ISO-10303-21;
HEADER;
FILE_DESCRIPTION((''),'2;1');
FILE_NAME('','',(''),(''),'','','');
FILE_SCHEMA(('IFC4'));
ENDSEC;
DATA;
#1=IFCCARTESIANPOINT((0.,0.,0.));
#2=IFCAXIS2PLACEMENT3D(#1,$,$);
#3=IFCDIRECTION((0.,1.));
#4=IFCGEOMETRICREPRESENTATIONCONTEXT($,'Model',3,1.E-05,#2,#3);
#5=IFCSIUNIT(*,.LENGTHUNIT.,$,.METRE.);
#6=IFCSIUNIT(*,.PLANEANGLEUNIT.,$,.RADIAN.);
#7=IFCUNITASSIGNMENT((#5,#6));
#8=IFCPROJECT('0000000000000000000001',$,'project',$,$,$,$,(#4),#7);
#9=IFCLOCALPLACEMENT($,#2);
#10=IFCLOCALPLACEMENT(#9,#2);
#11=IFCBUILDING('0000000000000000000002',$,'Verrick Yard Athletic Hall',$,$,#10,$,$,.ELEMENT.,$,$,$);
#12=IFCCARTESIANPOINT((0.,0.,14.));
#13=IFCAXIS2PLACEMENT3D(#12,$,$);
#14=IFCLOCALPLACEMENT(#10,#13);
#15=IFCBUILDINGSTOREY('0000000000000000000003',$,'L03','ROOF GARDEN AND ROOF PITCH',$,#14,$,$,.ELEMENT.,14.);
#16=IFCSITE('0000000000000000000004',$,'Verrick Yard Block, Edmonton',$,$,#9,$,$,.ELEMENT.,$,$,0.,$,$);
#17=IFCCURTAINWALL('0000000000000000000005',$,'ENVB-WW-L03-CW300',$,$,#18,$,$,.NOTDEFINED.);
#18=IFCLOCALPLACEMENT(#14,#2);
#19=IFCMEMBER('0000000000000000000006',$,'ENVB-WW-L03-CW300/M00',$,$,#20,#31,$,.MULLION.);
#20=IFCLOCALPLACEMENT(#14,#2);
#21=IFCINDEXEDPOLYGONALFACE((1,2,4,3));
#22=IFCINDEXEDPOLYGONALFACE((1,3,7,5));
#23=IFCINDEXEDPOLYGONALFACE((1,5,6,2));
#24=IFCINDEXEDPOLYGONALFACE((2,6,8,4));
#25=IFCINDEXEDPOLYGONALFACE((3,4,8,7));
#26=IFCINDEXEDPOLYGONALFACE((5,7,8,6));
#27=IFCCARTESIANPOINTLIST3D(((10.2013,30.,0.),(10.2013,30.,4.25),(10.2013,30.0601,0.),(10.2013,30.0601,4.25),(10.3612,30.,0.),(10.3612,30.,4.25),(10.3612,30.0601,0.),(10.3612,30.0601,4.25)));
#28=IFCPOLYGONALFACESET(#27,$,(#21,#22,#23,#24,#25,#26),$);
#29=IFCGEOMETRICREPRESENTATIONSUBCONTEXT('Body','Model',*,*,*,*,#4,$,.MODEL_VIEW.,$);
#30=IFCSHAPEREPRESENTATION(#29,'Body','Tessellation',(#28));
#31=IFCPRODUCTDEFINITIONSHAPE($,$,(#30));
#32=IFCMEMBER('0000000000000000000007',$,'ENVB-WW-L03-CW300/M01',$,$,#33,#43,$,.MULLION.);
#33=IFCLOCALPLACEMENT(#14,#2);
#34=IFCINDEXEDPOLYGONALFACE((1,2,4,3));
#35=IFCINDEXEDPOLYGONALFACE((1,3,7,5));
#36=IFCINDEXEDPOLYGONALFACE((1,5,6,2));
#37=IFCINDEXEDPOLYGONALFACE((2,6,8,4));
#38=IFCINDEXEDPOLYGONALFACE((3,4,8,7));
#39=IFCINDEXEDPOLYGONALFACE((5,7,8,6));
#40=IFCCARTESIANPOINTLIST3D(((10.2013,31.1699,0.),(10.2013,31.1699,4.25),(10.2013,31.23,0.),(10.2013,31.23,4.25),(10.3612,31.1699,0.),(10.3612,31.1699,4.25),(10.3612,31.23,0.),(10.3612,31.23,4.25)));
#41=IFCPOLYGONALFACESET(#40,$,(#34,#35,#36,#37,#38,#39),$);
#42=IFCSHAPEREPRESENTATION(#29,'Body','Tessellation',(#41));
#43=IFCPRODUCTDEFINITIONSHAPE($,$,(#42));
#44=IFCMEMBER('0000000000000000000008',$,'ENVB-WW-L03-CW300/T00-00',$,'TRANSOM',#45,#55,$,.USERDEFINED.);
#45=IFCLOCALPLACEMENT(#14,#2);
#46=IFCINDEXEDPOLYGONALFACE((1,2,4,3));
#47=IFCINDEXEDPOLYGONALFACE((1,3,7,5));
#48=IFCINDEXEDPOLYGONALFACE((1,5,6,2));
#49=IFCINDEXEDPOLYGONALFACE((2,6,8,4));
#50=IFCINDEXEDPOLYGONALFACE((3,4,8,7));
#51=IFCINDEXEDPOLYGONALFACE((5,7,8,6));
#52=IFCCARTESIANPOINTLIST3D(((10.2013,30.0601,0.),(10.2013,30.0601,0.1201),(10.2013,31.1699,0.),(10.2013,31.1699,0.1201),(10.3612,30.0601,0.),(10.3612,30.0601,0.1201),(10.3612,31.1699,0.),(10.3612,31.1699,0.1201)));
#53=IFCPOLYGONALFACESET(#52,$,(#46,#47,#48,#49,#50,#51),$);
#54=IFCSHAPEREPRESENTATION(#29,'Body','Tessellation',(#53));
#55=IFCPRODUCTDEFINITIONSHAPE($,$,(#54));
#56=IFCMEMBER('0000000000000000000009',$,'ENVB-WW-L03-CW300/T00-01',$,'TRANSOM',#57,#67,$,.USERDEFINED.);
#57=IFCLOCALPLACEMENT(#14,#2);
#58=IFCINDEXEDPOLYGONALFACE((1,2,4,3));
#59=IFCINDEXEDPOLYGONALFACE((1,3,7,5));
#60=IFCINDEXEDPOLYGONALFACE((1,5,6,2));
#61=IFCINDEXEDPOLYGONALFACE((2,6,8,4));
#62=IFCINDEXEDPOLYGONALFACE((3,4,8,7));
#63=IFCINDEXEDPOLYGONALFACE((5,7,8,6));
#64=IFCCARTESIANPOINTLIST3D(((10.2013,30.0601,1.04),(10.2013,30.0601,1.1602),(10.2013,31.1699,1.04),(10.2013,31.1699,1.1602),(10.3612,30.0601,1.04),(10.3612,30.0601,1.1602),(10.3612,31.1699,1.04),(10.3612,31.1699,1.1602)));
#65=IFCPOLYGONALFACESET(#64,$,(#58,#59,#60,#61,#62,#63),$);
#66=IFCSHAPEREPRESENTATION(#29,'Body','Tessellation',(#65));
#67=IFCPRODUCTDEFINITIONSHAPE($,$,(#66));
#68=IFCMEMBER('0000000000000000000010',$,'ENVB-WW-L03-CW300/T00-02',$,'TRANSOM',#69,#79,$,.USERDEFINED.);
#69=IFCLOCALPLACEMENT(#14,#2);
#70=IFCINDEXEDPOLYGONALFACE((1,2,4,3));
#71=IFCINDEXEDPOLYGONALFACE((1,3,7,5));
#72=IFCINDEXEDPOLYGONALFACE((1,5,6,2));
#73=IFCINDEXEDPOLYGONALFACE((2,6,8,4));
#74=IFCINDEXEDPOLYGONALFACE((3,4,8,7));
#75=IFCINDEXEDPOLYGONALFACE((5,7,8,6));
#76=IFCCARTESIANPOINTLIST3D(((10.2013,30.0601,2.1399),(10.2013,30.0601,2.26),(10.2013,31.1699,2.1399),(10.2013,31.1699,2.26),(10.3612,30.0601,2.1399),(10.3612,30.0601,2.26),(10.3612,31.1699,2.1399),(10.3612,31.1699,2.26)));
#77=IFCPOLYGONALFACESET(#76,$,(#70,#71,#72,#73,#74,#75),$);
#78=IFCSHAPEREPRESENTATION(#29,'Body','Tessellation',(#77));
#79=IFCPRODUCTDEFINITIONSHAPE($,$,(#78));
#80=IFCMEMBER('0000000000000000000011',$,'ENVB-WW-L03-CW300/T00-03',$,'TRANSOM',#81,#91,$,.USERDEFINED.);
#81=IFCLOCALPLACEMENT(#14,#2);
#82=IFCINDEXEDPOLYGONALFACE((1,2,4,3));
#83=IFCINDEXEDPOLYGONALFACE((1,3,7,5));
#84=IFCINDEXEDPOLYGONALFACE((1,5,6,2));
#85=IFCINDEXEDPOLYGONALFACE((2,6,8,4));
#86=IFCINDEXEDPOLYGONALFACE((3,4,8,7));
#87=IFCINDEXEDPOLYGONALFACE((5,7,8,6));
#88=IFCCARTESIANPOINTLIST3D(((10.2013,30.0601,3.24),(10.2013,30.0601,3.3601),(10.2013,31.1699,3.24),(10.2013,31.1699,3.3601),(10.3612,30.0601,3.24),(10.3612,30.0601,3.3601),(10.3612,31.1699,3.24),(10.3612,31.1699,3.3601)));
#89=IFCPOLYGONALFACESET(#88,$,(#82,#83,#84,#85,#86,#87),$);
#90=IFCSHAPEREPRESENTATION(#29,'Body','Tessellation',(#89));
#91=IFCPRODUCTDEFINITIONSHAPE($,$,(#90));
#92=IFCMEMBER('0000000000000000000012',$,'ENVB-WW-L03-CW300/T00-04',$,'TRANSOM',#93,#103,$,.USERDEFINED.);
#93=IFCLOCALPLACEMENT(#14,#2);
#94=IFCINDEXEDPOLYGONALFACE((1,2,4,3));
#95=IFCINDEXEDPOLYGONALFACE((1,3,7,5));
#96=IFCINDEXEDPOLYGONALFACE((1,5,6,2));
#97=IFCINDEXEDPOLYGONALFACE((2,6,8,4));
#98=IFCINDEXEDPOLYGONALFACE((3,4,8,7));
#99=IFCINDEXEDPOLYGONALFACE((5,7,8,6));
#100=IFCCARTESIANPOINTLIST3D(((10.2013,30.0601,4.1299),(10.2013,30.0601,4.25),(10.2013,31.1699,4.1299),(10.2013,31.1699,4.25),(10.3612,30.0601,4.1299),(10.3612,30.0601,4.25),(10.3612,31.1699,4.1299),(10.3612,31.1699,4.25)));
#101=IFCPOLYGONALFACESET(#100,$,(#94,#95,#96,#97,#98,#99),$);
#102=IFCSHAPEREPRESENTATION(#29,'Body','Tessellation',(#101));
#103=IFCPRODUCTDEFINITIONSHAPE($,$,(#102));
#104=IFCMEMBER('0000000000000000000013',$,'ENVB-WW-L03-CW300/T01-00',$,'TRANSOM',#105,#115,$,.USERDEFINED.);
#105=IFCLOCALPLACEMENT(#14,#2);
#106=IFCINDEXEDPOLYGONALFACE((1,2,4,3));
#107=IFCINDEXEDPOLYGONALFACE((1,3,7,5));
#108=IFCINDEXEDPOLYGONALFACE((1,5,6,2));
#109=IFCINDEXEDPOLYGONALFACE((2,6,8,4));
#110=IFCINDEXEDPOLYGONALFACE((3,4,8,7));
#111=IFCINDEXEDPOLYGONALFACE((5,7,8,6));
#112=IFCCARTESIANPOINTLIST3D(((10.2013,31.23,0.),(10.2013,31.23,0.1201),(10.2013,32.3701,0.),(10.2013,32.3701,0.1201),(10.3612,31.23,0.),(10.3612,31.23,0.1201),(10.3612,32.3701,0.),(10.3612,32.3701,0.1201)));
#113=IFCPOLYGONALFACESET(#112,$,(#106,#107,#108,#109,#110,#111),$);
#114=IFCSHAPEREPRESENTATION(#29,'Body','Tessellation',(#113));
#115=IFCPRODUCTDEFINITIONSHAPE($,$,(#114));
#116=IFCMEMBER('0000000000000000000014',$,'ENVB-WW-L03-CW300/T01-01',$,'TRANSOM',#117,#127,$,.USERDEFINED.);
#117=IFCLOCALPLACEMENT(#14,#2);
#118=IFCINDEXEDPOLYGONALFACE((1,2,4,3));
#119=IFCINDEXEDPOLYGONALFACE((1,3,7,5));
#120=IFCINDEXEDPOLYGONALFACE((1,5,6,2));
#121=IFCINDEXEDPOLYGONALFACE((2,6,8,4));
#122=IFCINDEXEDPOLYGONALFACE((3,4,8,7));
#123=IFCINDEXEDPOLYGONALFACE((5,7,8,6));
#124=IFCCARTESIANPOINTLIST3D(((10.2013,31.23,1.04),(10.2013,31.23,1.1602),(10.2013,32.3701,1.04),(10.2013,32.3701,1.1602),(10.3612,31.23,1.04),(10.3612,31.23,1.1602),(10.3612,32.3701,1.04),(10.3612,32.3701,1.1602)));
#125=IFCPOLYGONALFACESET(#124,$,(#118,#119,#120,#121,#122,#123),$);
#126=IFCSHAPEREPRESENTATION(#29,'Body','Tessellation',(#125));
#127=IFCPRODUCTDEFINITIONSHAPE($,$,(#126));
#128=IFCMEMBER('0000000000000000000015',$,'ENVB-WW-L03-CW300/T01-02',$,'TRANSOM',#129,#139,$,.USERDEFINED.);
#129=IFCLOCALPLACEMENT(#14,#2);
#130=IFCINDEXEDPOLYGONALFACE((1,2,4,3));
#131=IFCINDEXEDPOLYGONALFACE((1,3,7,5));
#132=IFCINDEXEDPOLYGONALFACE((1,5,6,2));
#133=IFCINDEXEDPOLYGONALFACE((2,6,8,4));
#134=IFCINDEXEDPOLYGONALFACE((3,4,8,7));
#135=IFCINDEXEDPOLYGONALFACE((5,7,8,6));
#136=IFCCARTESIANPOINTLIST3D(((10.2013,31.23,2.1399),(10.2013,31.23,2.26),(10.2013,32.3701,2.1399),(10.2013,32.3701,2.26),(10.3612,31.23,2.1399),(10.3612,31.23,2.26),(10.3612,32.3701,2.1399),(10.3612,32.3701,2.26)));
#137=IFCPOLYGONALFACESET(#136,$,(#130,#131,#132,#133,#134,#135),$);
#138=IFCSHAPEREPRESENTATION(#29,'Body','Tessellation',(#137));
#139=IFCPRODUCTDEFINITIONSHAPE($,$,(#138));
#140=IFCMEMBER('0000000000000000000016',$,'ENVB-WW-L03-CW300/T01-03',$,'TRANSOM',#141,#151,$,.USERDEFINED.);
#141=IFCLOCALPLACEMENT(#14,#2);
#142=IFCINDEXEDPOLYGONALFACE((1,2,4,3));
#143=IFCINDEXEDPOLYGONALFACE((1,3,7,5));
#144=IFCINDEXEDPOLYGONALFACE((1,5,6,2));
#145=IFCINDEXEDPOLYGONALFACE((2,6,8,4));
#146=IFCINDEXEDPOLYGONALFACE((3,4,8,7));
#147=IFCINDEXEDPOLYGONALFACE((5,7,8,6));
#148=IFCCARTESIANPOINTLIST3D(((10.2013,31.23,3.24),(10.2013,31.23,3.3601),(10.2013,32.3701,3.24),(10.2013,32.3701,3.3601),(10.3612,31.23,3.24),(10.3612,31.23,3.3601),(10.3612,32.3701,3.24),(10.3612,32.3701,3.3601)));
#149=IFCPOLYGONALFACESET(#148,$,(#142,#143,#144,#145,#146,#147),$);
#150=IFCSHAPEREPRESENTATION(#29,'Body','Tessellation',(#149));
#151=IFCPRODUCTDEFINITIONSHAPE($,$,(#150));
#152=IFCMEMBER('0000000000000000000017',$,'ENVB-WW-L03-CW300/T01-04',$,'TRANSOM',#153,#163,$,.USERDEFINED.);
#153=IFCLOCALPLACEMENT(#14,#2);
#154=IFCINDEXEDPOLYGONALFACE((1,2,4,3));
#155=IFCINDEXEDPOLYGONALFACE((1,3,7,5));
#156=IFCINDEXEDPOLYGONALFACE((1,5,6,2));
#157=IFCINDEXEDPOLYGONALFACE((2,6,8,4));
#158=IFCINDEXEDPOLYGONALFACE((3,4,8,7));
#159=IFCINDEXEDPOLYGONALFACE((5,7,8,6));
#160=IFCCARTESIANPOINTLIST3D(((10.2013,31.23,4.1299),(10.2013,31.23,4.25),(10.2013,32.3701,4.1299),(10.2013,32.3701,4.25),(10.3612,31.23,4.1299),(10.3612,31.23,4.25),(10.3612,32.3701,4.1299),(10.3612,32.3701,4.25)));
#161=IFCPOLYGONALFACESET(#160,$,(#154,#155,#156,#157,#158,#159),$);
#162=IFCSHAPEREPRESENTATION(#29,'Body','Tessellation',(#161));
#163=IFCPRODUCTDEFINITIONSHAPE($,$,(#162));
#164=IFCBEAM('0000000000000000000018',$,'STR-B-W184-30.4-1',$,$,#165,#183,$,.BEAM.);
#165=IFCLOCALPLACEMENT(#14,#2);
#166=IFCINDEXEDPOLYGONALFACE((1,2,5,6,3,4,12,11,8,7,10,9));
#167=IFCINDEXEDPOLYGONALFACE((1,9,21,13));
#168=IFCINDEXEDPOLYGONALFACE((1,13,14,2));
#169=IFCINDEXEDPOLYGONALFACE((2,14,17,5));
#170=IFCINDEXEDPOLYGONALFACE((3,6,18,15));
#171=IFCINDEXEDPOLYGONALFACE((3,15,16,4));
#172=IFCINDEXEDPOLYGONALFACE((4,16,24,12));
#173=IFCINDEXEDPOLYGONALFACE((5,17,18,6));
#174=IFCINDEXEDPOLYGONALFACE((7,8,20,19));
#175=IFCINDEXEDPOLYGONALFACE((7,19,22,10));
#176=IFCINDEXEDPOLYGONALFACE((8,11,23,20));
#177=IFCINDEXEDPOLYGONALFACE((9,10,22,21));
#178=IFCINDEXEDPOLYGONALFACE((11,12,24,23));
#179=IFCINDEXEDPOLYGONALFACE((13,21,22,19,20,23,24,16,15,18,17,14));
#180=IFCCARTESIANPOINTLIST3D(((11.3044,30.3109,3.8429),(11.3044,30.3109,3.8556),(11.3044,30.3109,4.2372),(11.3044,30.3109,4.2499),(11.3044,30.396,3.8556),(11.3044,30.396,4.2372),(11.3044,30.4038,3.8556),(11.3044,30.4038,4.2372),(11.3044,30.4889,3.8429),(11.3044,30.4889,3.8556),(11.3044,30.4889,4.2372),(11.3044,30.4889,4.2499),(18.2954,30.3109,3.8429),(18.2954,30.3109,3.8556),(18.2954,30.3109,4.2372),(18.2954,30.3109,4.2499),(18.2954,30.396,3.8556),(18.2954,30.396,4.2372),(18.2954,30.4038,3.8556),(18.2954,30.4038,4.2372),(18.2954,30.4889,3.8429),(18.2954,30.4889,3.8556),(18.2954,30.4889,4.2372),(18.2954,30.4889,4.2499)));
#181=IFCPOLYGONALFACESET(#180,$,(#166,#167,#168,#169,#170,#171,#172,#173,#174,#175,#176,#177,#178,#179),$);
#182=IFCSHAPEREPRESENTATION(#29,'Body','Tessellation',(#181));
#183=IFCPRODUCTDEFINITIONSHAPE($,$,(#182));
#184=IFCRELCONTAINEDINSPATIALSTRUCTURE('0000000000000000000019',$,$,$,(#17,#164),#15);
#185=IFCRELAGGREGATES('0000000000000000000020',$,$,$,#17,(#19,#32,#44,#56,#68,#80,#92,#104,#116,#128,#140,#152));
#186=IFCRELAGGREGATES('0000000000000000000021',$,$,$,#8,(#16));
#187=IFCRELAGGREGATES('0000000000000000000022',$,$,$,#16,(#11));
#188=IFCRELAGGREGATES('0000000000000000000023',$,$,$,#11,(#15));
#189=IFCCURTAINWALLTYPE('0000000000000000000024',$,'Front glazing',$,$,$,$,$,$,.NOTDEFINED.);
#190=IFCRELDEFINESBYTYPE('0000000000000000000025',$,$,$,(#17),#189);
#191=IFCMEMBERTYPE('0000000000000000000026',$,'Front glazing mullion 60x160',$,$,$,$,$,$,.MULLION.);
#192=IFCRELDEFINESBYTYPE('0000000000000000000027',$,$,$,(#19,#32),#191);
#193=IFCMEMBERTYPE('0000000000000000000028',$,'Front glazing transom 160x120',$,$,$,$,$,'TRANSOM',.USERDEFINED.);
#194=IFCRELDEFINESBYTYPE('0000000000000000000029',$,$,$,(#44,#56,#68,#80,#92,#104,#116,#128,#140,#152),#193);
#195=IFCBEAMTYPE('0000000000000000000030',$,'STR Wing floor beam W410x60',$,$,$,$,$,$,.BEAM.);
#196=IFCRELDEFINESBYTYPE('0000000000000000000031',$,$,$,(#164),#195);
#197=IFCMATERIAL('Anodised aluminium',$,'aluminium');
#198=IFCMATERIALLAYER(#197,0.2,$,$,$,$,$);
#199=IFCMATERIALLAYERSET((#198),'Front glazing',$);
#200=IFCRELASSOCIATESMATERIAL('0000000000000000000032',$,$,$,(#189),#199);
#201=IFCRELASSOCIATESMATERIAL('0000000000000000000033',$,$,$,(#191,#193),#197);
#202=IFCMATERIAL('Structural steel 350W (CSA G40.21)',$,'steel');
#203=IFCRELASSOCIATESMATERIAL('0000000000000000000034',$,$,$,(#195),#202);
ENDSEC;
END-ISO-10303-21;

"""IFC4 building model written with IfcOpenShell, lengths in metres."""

from ifc_helpers import new_model, si_unit, direction, frame, origin, origin_2d, place, context, subcontext, project, spatial, rectangle, i_section, extrude, material, layer, layer_set, material_profile, profile_set, type_object, element, aggregate, save


model = new_model("IFC4")

# Units and contexts
model_context = context("Model", 3, precision=1e-05, world=origin(), true_north=direction((0.0, 1.0)))
body_context = subcontext(model_context, "Body", "Model", "MODEL_VIEW")
ifc_project = project(units=[si_unit("LENGTHUNIT", "METRE"), si_unit("PLANEANGLEUNIT", "RADIAN")], contexts=[model_context])

# Site, building, storey
site_placement = place(None, origin())
site = spatial("IfcSite", under=ifc_project, at=site_placement, Name="Verrick Yard Block, Edmonton", CompositionType="ELEMENT", RefElevation=0.0)
building_placement = place(site_placement, origin())
building = spatial("IfcBuilding", under=site, at=building_placement, Name="Verrick Yard Athletic Hall", CompositionType="ELEMENT")
storey_placement = place(building_placement, frame((0.0, 0.0, 14.0)))
storey = spatial("IfcBuildingStorey", under=building, at=storey_placement, Name="L03", Description="ROOF GARDEN AND ROOF PITCH", CompositionType="ELEMENT", Elevation=14.0)

# Curtain wall, members
ifc_material_1 = material(Name="Anodised aluminium", Category="aluminium")
ifc_layer_1 = layer(ifc_material_1, 0.2)
ifc_layer_set_1 = layer_set([ifc_layer_1], Name="Front glazing")
curtain_wall_type = type_object("IfcCurtainWallType", Name="Front glazing", PredefinedType="NOTDEFINED", material=ifc_layer_set_1)
curtain_wall_placement = place(storey_placement, origin())
curtain_wall = element("IfcCurtainWall", 1, at=curtain_wall_placement, inside=storey, type_object=curtain_wall_type, Name="ENVB-WW-L03-CW300", PredefinedType="NOTDEFINED")
ifc_material_profile_1 = material_profile(ifc_material_1, rectangle(XDim=0.1599, YDim=0.0601, at=origin_2d()), Name="CW mullion 60x160")
ifc_profile_set_1 = profile_set([ifc_material_profile_1], Name="Anodised aluminium")
member_type_1 = type_object("IfcMemberType", Name="Front glazing mullion 60x160", PredefinedType="MULLION", material=ifc_profile_set_1)
member_1_placement = place(storey_placement, frame((10.2812, 30.03, 0.0), z_axis=(0.0, 0.0, 1.0), x_axis=(-1.0, 0.0, 0.0)))
member_1 = element("IfcMember", 2, at=member_1_placement, type_object=member_type_1, Name="ENVB-WW-L03-CW300/M00", PredefinedType="MULLION", context=body_context, shape_type="SweptSolid", body=[
    extrude(rectangle(XDim=0.1599, YDim=0.0601, at=origin_2d()), origin(), (0.0, 0.0, 1.0), 4.25),
])
member_2_placement = place(storey_placement, frame((10.2812, 31.2, 0.0), z_axis=(0.0, 0.0, 1.0), x_axis=(-1.0, 0.0, 0.0)))
member_2 = element("IfcMember", 3, at=member_2_placement, type_object=member_type_1, Name="ENVB-WW-L03-CW300/M01", PredefinedType="MULLION", context=body_context, shape_type="SweptSolid", body=[
    extrude(rectangle(XDim=0.1599, YDim=0.0601, at=origin_2d()), origin(), (0.0, 0.0, 1.0), 4.25),
])
ifc_material_profile_2 = material_profile(ifc_material_1, rectangle(XDim=0.1599, YDim=0.1201, at=origin_2d()), Name="CW transom 160x120")
ifc_profile_set_2 = profile_set([ifc_material_profile_2], Name="Anodised aluminium")
member_type_2 = type_object("IfcMemberType", Name="Front glazing transom 160x120", ElementType="TRANSOM", PredefinedType="USERDEFINED", material=ifc_profile_set_2)
member_3_placement = place(storey_placement, frame((10.2812, 30.0601, 0.0601), z_axis=(0.0, 1.0, 0.0), x_axis=(-1.0, 0.0, 0.0)))
member_3 = element("IfcMember", 4, at=member_3_placement, type_object=member_type_2, Name="ENVB-WW-L03-CW300/T00-00", ObjectType="TRANSOM", PredefinedType="USERDEFINED", context=body_context, shape_type="SweptSolid", body=[
    extrude(rectangle(XDim=0.1599, YDim=0.1201, at=origin_2d()), origin(), (0.0, 0.0, 1.0), 1.1099),
])
member_4_placement = place(storey_placement, frame((10.2812, 30.0601, 1.1001), z_axis=(0.0, 1.0, 0.0), x_axis=(-1.0, 0.0, 0.0)))
member_4 = element("IfcMember", 5, at=member_4_placement, type_object=member_type_2, Name="ENVB-WW-L03-CW300/T00-01", ObjectType="TRANSOM", PredefinedType="USERDEFINED", context=body_context, shape_type="SweptSolid", body=[
    extrude(rectangle(XDim=0.1599, YDim=0.1201, at=origin_2d()), origin(), (0.0, 0.0, 1.0), 1.1099),
])
member_5_placement = place(storey_placement, frame((10.2812, 30.0601, 2.2), z_axis=(0.0, 1.0, 0.0), x_axis=(-1.0, 0.0, 0.0)))
member_5 = element("IfcMember", 6, at=member_5_placement, type_object=member_type_2, Name="ENVB-WW-L03-CW300/T00-02", ObjectType="TRANSOM", PredefinedType="USERDEFINED", context=body_context, shape_type="SweptSolid", body=[
    extrude(rectangle(XDim=0.1599, YDim=0.1201, at=origin_2d()), origin(), (0.0, 0.0, 1.0), 1.1099),
])
member_6_placement = place(storey_placement, frame((10.2812, 30.0601, 3.3), z_axis=(0.0, 1.0, 0.0), x_axis=(-1.0, 0.0, 0.0)))
member_6 = element("IfcMember", 7, at=member_6_placement, type_object=member_type_2, Name="ENVB-WW-L03-CW300/T00-03", ObjectType="TRANSOM", PredefinedType="USERDEFINED", context=body_context, shape_type="SweptSolid", body=[
    extrude(rectangle(XDim=0.1599, YDim=0.1201, at=origin_2d()), origin(), (0.0, 0.0, 1.0), 1.1099),
])
member_7_placement = place(storey_placement, frame((10.2812, 30.0601, 4.1899), z_axis=(0.0, 1.0, 0.0), x_axis=(-1.0, 0.0, 0.0)))
member_7 = element("IfcMember", 8, at=member_7_placement, type_object=member_type_2, Name="ENVB-WW-L03-CW300/T00-04", ObjectType="TRANSOM", PredefinedType="USERDEFINED", context=body_context, shape_type="SweptSolid", body=[
    extrude(rectangle(XDim=0.1599, YDim=0.1201, at=origin_2d()), origin(), (0.0, 0.0, 1.0), 1.1099),
])
member_8_placement = place(storey_placement, frame((10.2812, 31.23, 0.0601), z_axis=(0.0, 1.0, 0.0), x_axis=(-1.0, 0.0, 0.0)))
member_8 = element("IfcMember", 9, at=member_8_placement, type_object=member_type_2, Name="ENVB-WW-L03-CW300/T01-00", ObjectType="TRANSOM", PredefinedType="USERDEFINED", context=body_context, shape_type="SweptSolid", body=[
    extrude(rectangle(XDim=0.1599, YDim=0.1201, at=origin_2d()), origin(), (0.0, 0.0, 1.0), 1.1401),
])
member_9_placement = place(storey_placement, frame((10.2812, 31.23, 1.1001), z_axis=(0.0, 1.0, 0.0), x_axis=(-1.0, 0.0, 0.0)))
member_9 = element("IfcMember", 10, at=member_9_placement, type_object=member_type_2, Name="ENVB-WW-L03-CW300/T01-01", ObjectType="TRANSOM", PredefinedType="USERDEFINED", context=body_context, shape_type="SweptSolid", body=[
    extrude(rectangle(XDim=0.1599, YDim=0.1201, at=origin_2d()), origin(), (0.0, 0.0, 1.0), 1.1401),
])
member_10_placement = place(storey_placement, frame((10.2812, 31.23, 2.2), z_axis=(0.0, 1.0, 0.0), x_axis=(-1.0, 0.0, 0.0)))
member_10 = element("IfcMember", 11, at=member_10_placement, type_object=member_type_2, Name="ENVB-WW-L03-CW300/T01-02", ObjectType="TRANSOM", PredefinedType="USERDEFINED", context=body_context, shape_type="SweptSolid", body=[
    extrude(rectangle(XDim=0.1599, YDim=0.1201, at=origin_2d()), origin(), (0.0, 0.0, 1.0), 1.1401),
])
member_11_placement = place(storey_placement, frame((10.2812, 31.23, 3.3), z_axis=(0.0, 1.0, 0.0), x_axis=(-1.0, 0.0, 0.0)))
member_11 = element("IfcMember", 12, at=member_11_placement, type_object=member_type_2, Name="ENVB-WW-L03-CW300/T01-03", ObjectType="TRANSOM", PredefinedType="USERDEFINED", context=body_context, shape_type="SweptSolid", body=[
    extrude(rectangle(XDim=0.1599, YDim=0.1201, at=origin_2d()), origin(), (0.0, 0.0, 1.0), 1.1401),
])
member_12_placement = place(storey_placement, frame((10.2812, 31.23, 4.1899), z_axis=(0.0, 1.0, 0.0), x_axis=(-1.0, 0.0, 0.0)))
member_12 = element("IfcMember", 13, at=member_12_placement, type_object=member_type_2, Name="ENVB-WW-L03-CW300/T01-04", ObjectType="TRANSOM", PredefinedType="USERDEFINED", context=body_context, shape_type="SweptSolid", body=[
    extrude(rectangle(XDim=0.1599, YDim=0.1201, at=origin_2d()), origin(), (0.0, 0.0, 1.0), 1.1401),
])

# Beam
ifc_material_2 = material(Name="Structural steel 350W (CSA G40.21)", Category="steel")
ifc_material_profile_3 = material_profile(ifc_material_2, i_section(OverallWidth=0.178, OverallDepth=0.407, WebThickness=0.0078, FlangeThickness=0.0127, at=origin_2d()), Name="W410x60")
ifc_profile_set_3 = profile_set([ifc_material_profile_3], Name="Structural steel 350W (CSA G40.21)")
beam_type = type_object("IfcBeamType", Name="STR Wing floor beam W410x60", PredefinedType="BEAM", material=ifc_profile_set_3)
beam_placement = place(storey_placement, frame((11.3044, 30.3999, 4.0464), z_axis=(1.0, 0.0, 0.0), x_axis=(0.0, 1.0, 0.0)))
element("IfcBeam", 14, at=beam_placement, inside=storey, type_object=beam_type, Name="STR-B-W184-30.4-1", PredefinedType="BEAM", context=body_context, shape_type="SweptSolid", body=[
    extrude(i_section(OverallWidth=0.178, OverallDepth=0.407, WebThickness=0.0078, FlangeThickness=0.0127, at=origin_2d()), origin(), (0.0, 0.0, 1.0), 6.991),
])

aggregate(curtain_wall, [member_1, member_2, member_3, member_4, member_5, member_6, member_7, member_8, member_9, member_10, member_11, member_12])

save(model, "model.ifc")
